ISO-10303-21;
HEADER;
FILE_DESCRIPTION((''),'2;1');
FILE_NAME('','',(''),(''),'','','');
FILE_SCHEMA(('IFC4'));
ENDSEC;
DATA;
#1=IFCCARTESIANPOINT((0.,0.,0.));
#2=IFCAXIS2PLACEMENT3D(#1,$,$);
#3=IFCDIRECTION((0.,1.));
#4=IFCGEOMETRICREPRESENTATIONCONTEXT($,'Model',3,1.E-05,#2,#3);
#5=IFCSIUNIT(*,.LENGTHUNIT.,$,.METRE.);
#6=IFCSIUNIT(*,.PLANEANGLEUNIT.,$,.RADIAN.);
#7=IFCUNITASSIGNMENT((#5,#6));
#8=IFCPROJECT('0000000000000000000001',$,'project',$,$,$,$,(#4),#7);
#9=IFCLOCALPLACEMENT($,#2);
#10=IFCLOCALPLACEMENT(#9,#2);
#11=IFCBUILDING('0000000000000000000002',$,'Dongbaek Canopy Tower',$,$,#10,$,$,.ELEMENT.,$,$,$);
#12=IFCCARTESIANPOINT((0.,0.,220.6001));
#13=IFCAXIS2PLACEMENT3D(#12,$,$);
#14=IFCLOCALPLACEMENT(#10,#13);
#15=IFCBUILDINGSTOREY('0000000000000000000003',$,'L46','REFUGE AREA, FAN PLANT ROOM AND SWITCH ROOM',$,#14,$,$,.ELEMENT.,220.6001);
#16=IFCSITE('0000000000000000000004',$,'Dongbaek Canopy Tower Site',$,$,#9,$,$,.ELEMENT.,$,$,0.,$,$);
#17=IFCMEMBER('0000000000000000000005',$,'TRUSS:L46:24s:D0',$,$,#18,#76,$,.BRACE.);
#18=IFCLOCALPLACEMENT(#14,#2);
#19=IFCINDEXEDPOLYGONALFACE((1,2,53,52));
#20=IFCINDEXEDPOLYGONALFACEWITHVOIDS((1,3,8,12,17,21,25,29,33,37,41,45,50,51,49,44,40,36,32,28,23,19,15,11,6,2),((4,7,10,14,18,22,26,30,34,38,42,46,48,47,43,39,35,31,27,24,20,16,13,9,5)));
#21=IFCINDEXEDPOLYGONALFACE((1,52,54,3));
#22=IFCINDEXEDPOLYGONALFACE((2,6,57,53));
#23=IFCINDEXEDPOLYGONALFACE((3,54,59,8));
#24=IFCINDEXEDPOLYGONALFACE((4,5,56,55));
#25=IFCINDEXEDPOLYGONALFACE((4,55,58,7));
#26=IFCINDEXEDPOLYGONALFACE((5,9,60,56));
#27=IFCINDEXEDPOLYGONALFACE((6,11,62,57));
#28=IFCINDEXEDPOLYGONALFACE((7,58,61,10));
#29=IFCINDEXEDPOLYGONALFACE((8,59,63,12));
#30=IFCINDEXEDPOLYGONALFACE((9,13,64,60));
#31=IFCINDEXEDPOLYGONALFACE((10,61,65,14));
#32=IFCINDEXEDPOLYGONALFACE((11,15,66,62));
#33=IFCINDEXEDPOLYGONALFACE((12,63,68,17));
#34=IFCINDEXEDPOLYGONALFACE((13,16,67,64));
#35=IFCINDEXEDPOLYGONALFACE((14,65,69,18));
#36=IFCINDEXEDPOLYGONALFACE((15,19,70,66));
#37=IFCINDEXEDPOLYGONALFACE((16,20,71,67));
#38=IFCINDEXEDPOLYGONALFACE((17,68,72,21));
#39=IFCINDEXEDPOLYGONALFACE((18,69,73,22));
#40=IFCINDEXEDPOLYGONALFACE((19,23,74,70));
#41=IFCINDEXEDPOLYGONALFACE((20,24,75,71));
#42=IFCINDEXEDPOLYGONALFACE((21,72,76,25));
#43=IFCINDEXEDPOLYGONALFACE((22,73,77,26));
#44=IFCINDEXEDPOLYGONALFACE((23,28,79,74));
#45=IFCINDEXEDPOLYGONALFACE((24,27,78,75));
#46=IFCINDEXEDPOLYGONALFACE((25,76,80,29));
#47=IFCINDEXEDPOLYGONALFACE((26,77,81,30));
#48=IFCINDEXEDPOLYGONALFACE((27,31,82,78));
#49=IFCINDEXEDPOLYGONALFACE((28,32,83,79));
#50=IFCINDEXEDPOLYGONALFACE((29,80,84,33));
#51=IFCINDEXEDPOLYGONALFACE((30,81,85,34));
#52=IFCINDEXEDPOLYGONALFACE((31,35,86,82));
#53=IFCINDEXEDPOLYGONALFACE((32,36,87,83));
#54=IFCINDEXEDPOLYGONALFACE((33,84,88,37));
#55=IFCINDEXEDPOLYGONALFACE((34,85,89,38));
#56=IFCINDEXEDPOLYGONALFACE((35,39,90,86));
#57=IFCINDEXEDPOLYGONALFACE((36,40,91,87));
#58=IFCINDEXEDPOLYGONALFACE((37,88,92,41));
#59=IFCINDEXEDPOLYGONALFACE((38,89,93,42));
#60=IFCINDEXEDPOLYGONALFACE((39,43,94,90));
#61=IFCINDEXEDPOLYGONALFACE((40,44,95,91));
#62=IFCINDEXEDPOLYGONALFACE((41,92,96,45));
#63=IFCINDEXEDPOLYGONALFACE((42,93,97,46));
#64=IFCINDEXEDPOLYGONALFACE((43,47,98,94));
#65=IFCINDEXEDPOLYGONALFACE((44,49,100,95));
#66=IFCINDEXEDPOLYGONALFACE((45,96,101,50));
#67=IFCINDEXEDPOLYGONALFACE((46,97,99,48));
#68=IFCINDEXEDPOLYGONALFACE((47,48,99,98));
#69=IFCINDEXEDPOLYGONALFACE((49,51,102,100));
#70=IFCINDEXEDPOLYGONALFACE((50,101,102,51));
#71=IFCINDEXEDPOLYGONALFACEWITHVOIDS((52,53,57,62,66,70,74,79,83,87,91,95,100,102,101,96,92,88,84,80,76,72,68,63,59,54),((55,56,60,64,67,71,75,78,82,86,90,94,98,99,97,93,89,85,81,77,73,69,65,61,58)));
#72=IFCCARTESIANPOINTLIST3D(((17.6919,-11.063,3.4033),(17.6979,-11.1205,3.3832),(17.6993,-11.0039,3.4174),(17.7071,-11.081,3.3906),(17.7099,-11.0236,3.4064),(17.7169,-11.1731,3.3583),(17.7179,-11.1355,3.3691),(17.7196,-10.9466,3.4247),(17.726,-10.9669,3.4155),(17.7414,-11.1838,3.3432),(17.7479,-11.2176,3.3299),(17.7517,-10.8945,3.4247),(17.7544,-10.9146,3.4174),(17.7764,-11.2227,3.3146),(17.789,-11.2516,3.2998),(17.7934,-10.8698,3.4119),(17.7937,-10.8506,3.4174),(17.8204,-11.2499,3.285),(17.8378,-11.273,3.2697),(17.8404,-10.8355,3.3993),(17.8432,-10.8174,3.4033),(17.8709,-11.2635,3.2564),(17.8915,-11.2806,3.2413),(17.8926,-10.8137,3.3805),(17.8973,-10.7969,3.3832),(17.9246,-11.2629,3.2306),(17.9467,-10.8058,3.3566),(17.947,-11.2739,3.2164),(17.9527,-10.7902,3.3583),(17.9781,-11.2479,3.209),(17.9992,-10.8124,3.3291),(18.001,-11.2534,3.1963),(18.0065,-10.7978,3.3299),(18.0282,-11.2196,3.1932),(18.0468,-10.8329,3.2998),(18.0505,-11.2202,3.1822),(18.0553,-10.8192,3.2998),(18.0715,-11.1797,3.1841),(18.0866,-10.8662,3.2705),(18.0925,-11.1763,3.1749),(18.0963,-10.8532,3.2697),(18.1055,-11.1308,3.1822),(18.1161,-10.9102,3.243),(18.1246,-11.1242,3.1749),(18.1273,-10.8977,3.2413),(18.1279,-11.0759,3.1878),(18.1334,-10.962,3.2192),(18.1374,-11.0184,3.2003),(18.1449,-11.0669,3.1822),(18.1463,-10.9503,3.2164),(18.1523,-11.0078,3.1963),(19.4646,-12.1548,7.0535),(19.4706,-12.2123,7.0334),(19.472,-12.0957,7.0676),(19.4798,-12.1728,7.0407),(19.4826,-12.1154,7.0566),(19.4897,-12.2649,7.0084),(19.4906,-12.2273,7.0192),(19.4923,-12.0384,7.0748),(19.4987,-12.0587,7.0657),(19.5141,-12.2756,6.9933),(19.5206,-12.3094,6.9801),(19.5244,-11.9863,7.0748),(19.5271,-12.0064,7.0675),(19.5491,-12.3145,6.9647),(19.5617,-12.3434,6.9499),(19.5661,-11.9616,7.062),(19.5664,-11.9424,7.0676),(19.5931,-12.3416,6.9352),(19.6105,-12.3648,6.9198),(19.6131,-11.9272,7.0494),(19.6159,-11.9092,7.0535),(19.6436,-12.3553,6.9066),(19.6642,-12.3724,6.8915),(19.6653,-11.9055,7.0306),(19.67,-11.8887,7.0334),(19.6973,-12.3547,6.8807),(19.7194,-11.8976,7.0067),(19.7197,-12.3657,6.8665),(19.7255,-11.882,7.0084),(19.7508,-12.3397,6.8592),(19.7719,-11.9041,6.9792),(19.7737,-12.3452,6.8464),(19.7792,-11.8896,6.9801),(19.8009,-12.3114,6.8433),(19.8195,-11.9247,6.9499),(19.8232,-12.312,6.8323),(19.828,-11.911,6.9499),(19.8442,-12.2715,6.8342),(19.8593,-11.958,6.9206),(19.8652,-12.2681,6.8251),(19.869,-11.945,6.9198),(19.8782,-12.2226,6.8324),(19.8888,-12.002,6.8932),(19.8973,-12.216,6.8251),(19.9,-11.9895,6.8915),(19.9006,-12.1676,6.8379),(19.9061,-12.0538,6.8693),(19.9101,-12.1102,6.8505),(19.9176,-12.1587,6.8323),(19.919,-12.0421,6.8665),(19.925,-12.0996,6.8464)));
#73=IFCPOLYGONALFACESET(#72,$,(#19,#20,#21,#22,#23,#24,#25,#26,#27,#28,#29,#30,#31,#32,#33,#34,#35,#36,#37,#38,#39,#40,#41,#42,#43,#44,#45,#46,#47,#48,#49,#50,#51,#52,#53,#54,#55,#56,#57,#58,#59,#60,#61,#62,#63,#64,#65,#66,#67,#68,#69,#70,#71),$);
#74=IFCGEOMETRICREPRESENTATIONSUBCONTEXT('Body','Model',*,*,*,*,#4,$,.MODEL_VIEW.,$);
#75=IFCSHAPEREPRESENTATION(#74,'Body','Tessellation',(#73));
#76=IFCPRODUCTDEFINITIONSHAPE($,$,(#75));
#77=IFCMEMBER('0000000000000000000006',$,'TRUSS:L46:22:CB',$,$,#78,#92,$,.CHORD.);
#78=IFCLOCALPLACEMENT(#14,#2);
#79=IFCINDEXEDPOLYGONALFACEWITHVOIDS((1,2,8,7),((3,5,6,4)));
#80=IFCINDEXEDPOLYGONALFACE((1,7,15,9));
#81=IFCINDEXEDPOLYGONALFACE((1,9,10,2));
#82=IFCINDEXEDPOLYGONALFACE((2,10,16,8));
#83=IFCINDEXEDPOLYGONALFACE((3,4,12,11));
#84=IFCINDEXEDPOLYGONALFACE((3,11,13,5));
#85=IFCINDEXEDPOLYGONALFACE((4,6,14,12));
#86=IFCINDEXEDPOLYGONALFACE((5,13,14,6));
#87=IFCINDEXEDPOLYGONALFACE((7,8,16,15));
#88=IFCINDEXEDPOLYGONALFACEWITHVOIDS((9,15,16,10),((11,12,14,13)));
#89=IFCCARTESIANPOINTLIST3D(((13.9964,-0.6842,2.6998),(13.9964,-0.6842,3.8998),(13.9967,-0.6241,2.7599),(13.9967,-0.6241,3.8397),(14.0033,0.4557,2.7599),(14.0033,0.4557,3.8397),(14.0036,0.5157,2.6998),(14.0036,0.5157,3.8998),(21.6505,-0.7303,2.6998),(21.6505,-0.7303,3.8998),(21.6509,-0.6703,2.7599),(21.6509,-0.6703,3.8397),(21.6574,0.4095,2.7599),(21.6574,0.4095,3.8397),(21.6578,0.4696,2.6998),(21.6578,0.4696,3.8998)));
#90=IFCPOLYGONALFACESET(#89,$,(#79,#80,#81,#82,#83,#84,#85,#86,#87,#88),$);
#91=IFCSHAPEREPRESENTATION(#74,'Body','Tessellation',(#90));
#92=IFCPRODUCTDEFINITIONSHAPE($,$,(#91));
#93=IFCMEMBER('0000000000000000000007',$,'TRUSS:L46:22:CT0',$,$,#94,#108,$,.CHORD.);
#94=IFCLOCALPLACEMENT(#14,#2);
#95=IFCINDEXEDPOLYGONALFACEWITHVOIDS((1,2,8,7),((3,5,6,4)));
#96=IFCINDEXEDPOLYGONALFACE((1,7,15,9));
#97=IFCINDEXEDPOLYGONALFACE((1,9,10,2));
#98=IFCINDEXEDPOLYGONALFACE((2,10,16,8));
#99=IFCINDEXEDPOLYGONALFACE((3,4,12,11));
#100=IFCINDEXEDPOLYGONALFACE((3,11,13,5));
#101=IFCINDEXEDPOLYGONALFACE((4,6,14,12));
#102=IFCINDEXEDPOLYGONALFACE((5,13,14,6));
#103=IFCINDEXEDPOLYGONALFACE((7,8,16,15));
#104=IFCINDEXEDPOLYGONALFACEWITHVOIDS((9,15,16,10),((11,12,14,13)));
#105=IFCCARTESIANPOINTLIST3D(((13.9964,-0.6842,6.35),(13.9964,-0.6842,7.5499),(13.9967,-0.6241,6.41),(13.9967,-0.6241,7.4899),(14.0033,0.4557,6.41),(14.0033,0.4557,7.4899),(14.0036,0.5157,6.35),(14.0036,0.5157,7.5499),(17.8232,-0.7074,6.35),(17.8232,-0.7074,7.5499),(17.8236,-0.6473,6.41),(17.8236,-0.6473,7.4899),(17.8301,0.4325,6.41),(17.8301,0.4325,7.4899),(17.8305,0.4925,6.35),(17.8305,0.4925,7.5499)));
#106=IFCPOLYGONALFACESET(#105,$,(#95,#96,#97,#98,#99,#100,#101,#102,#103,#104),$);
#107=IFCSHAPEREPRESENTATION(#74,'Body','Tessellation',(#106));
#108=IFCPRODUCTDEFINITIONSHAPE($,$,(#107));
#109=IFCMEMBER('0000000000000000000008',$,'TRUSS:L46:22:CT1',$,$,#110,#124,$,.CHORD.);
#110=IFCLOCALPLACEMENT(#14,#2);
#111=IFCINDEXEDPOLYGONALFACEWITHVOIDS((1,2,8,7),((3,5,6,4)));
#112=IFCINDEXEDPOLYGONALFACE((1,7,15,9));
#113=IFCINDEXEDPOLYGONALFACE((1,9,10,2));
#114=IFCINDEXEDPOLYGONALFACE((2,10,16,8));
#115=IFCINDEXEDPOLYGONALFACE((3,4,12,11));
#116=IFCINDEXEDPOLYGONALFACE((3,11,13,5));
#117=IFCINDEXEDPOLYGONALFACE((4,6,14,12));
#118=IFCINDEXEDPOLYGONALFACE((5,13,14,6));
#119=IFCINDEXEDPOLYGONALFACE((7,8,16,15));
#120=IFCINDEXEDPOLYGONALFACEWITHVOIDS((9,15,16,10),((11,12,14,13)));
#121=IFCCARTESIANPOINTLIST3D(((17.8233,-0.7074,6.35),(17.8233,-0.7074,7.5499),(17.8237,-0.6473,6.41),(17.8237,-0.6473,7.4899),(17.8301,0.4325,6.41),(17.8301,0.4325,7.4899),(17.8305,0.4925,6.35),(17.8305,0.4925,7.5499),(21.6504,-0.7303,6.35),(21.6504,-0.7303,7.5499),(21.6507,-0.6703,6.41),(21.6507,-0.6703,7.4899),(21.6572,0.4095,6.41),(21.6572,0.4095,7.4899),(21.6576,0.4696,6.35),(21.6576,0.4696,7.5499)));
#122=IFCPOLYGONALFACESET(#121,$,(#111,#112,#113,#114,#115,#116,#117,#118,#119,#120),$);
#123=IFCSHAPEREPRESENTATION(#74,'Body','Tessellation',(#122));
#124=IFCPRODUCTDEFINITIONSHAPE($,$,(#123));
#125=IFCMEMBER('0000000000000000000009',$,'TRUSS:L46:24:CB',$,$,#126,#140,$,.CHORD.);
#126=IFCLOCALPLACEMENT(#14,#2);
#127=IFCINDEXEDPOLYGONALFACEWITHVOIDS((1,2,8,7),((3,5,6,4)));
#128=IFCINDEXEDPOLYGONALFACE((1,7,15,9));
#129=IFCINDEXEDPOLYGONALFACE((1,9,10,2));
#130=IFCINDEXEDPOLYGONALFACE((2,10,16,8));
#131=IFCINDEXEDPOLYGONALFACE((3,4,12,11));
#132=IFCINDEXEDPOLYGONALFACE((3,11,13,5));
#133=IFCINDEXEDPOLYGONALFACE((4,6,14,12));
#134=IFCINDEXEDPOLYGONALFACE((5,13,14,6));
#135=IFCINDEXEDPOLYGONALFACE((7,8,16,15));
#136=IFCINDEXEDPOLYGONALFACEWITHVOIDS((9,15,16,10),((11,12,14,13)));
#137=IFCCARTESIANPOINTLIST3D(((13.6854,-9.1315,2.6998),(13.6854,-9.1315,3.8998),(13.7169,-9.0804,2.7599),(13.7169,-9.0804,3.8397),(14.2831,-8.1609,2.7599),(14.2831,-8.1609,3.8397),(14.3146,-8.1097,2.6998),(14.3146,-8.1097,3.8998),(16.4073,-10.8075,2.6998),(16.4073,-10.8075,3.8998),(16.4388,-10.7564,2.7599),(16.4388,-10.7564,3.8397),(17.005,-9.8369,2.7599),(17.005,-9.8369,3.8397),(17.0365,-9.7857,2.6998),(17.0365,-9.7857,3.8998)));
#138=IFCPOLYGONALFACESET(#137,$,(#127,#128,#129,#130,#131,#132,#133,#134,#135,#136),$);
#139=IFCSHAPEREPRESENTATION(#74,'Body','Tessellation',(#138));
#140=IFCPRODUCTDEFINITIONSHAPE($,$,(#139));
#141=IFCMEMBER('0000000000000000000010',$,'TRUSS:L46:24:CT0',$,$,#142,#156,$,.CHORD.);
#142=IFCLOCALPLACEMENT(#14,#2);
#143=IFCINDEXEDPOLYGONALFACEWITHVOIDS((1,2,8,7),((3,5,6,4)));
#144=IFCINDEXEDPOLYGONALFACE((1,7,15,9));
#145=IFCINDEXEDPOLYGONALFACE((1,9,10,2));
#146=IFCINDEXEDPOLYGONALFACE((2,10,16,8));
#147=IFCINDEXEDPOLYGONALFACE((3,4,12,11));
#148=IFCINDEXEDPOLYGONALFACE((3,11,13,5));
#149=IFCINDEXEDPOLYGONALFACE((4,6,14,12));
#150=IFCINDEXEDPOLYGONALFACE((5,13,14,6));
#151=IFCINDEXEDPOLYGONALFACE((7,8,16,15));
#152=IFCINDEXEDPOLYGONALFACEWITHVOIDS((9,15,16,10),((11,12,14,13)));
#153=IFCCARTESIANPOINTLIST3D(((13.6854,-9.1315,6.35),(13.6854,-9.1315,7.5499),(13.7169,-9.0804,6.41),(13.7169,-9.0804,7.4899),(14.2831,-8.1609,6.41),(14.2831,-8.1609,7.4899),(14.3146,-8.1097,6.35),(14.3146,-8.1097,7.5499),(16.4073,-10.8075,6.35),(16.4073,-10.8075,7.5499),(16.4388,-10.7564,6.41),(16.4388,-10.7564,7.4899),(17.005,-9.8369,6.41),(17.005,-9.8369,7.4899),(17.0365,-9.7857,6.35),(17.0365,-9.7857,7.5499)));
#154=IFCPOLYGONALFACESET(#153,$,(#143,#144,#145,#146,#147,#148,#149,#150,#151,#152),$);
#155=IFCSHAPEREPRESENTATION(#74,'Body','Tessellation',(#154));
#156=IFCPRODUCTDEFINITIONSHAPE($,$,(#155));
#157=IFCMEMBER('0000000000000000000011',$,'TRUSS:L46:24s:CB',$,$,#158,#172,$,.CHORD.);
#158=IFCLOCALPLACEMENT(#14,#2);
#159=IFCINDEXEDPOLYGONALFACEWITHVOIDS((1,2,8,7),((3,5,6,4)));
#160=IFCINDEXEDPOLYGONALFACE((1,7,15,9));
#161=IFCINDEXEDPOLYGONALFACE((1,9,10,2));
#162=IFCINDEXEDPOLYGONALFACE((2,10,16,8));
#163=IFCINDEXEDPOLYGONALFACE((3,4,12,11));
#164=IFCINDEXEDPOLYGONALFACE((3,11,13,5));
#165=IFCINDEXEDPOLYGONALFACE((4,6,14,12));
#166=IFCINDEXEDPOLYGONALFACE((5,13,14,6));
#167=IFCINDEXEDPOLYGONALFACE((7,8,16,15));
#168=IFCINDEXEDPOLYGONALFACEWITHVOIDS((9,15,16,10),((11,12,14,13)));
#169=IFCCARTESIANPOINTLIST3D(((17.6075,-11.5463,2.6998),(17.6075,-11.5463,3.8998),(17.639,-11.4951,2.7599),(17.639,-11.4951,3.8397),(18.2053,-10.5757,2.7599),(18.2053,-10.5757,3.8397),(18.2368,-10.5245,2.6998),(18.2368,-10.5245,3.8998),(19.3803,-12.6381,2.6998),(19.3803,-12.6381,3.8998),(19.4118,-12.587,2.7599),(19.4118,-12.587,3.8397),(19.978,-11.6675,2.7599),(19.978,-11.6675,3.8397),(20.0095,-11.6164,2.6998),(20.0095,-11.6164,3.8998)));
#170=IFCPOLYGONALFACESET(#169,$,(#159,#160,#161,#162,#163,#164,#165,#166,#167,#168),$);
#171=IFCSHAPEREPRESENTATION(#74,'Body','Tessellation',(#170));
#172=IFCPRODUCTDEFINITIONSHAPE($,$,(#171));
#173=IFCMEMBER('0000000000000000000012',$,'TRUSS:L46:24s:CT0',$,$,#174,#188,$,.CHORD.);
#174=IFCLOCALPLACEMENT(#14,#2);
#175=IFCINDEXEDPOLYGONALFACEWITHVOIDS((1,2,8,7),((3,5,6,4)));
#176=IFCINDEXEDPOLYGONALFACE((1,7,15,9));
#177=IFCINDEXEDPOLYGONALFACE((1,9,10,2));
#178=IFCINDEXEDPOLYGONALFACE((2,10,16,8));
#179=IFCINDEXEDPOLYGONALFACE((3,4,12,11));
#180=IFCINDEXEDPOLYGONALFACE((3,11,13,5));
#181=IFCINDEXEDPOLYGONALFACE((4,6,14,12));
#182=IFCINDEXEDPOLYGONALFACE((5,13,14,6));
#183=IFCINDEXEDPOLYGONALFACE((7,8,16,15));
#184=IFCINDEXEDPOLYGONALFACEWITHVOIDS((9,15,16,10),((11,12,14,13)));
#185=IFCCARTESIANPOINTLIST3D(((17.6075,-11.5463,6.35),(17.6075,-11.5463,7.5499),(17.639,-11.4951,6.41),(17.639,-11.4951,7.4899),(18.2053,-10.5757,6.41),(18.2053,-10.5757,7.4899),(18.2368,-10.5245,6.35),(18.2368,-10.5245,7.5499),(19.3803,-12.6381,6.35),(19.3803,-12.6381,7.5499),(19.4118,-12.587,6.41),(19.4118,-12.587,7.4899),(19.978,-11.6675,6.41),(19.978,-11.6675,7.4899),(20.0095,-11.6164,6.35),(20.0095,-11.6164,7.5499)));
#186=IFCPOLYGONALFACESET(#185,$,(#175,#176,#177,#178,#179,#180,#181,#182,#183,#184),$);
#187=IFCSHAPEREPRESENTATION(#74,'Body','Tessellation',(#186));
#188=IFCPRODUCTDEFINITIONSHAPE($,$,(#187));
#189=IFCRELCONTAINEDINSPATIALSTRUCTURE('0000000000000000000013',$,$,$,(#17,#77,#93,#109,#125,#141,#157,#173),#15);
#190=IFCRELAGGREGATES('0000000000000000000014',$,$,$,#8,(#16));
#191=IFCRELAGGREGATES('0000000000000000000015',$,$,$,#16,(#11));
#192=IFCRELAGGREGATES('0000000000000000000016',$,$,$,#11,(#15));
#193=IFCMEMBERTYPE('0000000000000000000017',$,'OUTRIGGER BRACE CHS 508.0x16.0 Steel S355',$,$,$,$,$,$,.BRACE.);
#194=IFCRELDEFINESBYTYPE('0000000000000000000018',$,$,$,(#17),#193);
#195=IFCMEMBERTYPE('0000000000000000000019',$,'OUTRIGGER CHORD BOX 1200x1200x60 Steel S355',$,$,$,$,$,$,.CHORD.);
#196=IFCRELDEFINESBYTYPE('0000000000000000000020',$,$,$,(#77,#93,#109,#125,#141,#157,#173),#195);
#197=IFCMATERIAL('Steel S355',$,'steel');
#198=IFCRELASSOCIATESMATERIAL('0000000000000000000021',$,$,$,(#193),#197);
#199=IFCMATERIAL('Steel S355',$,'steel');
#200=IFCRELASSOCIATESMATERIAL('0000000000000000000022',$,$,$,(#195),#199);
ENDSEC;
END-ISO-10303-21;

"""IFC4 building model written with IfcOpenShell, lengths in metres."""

from ifc_helpers import new_model, si_unit, direction, frame, origin, origin_2d, place, context, subcontext, project, spatial, hollow_rectangle, hollow_circle, extrude, material, material_profile, profile_set, type_object, element, save


model = new_model("IFC4")

# Units and contexts
model_context = context("Model", 3, precision=1e-05, world=origin(), true_north=direction((0.0, 1.0)))
body_context = subcontext(model_context, "Body", "Model", "MODEL_VIEW")
ifc_project = project(units=[si_unit("LENGTHUNIT", "METRE"), si_unit("PLANEANGLEUNIT", "RADIAN")], contexts=[model_context])

# Site, building, storey
site_placement = place(None, origin())
site = spatial("IfcSite", under=ifc_project, at=site_placement, Name="Dongbaek Canopy Tower Site", CompositionType="ELEMENT", RefElevation=0.0)
building_placement = place(site_placement, origin())
building = spatial("IfcBuilding", under=site, at=building_placement, Name="Dongbaek Canopy Tower", CompositionType="ELEMENT")
storey_placement = place(building_placement, frame((0.0, 0.0, 220.6001)))
storey = spatial("IfcBuildingStorey", under=building, at=storey_placement, Name="L46", Description="REFUGE AREA, FAN PLANT ROOM AND SWITCH ROOM", CompositionType="ELEMENT", Elevation=220.6001)

# Members
ifc_material_1 = material(Name="Steel S355", Category="steel")
ifc_material_profile_1 = material_profile(ifc_material_1, hollow_circle(Radius=0.2539, WallThickness=0.0161, at=origin_2d()), Name="OUTRIGGER BRACE CHS 508.0x16.0 Steel S355")
ifc_profile_set_1 = profile_set([ifc_material_profile_1], Name="Steel S355")
member_type_1 = type_object("IfcMemberType", Name="OUTRIGGER BRACE CHS 508.0x16.0 Steel S355", PredefinedType="BRACE", material=ifc_profile_set_1)
member_1_placement = place(storey_placement, frame((17.9221, -11.0354, 3.2998), z_axis=(0.421857, -0.259819, 0.868638), x_axis=(0.524411, 0.851465, 0.0)))
element("IfcMember", 1, at=member_1_placement, inside=storey, type_object=member_type_1, Name="TRUSS:L46:24s:D0", PredefinedType="BRACE", context=body_context, shape_type="SweptSolid", body=[
    extrude(hollow_circle(Radius=0.2539, WallThickness=0.0161, at=origin_2d()), origin(), (0.0, 0.0, 1.0), 4.2021),
])
ifc_material_2 = material(Name="Steel S355", Category="steel")
ifc_material_profile_2 = material_profile(ifc_material_2, hollow_rectangle(XDim=1.2, YDim=1.2, WallThickness=0.0601, at=origin_2d()), Name="OUTRIGGER CHORD BOX 1200x1200x60 Steel S355")
ifc_profile_set_2 = profile_set([ifc_material_profile_2], Name="Steel S355")
member_type_2 = type_object("IfcMemberType", Name="OUTRIGGER CHORD BOX 1200x1200x60 Steel S355", PredefinedType="CHORD", material=ifc_profile_set_2)
member_2_placement = place(storey_placement, frame((14.0, -0.0842, 3.2998), z_axis=(0.999982, -0.006028, 0.0), x_axis=(0.006028, 0.999982, 0.0)))
element("IfcMember", 2, at=member_2_placement, inside=storey, type_object=member_type_2, Name="TRUSS:L46:22:CB", PredefinedType="CHORD", context=body_context, shape_type="SweptSolid", body=[
    extrude(hollow_rectangle(XDim=1.2, YDim=1.2, WallThickness=0.0601, at=origin_2d()), origin(), (0.0, 0.0, 1.0), 7.6543),
])
member_3_placement = place(storey_placement, frame((14.0, -0.0842, 6.95), z_axis=(0.999982, -0.00606, 0.0), x_axis=(0.00606, 0.999982, 0.0)))
element("IfcMember", 3, at=member_3_placement, inside=storey, type_object=member_type_2, Name="TRUSS:L46:22:CT0", PredefinedType="CHORD", context=body_context, shape_type="SweptSolid", body=[
    extrude(hollow_rectangle(XDim=1.2, YDim=1.2, WallThickness=0.0601, at=origin_2d()), origin(), (0.0, 0.0, 1.0), 3.8269),
])
member_4_placement = place(storey_placement, frame((17.8269, -0.1074, 6.95), z_axis=(0.999982, -0.005996, 0.0), x_axis=(0.005996, 0.999982, 0.0)))
element("IfcMember", 4, at=member_4_placement, inside=storey, type_object=member_type_2, Name="TRUSS:L46:22:CT1", PredefinedType="CHORD", context=body_context, shape_type="SweptSolid", body=[
    extrude(hollow_rectangle(XDim=1.2, YDim=1.2, WallThickness=0.0601, at=origin_2d()), origin(), (0.0, 0.0, 1.0), 3.8271),
])
for number, where, z_axis, x_axis, name in (
    (5, (14.0, -8.6206, 3.2998), (0.851519, -0.524323, 0.0), (0.524323, 0.851519, 0.0), "TRUSS:L46:24:CB"),
    (6, (14.0, -8.6206, 6.95), (0.851519, -0.524323, 0.0), (0.524323, 0.851519, 0.0), "TRUSS:L46:24:CT0"),
):
    element("IfcMember", number, at=place(storey_placement, frame(where, z_axis=z_axis, x_axis=x_axis)), inside=storey, type_object=member_type_2, Name=name, PredefinedType="CHORD", context=body_context, shape_type="SweptSolid", body=[
        extrude(hollow_rectangle(XDim=1.2, YDim=1.2, WallThickness=0.0601, at=origin_2d()), origin(), (0.0, 0.0, 1.0), 3.1965),
    ])
for number, where, z_axis, x_axis, name in (
    (7, (17.9221, -11.0354, 3.2998), (0.851465, -0.524411, 0.0), (0.524411, 0.851465, 0.0), "TRUSS:L46:24s:CB"),
    (8, (17.9221, -11.0354, 6.95), (0.851465, -0.524411, 0.0), (0.524411, 0.851465, 0.0), "TRUSS:L46:24s:CT0"),
):
    element("IfcMember", number, at=place(storey_placement, frame(where, z_axis=z_axis, x_axis=x_axis)), inside=storey, type_object=member_type_2, Name=name, PredefinedType="CHORD", context=body_context, shape_type="SweptSolid", body=[
        extrude(hollow_rectangle(XDim=1.2, YDim=1.2, WallThickness=0.0601, at=origin_2d()), origin(), (0.0, 0.0, 1.0), 2.082),
    ])

save(model, "model.ifc")
